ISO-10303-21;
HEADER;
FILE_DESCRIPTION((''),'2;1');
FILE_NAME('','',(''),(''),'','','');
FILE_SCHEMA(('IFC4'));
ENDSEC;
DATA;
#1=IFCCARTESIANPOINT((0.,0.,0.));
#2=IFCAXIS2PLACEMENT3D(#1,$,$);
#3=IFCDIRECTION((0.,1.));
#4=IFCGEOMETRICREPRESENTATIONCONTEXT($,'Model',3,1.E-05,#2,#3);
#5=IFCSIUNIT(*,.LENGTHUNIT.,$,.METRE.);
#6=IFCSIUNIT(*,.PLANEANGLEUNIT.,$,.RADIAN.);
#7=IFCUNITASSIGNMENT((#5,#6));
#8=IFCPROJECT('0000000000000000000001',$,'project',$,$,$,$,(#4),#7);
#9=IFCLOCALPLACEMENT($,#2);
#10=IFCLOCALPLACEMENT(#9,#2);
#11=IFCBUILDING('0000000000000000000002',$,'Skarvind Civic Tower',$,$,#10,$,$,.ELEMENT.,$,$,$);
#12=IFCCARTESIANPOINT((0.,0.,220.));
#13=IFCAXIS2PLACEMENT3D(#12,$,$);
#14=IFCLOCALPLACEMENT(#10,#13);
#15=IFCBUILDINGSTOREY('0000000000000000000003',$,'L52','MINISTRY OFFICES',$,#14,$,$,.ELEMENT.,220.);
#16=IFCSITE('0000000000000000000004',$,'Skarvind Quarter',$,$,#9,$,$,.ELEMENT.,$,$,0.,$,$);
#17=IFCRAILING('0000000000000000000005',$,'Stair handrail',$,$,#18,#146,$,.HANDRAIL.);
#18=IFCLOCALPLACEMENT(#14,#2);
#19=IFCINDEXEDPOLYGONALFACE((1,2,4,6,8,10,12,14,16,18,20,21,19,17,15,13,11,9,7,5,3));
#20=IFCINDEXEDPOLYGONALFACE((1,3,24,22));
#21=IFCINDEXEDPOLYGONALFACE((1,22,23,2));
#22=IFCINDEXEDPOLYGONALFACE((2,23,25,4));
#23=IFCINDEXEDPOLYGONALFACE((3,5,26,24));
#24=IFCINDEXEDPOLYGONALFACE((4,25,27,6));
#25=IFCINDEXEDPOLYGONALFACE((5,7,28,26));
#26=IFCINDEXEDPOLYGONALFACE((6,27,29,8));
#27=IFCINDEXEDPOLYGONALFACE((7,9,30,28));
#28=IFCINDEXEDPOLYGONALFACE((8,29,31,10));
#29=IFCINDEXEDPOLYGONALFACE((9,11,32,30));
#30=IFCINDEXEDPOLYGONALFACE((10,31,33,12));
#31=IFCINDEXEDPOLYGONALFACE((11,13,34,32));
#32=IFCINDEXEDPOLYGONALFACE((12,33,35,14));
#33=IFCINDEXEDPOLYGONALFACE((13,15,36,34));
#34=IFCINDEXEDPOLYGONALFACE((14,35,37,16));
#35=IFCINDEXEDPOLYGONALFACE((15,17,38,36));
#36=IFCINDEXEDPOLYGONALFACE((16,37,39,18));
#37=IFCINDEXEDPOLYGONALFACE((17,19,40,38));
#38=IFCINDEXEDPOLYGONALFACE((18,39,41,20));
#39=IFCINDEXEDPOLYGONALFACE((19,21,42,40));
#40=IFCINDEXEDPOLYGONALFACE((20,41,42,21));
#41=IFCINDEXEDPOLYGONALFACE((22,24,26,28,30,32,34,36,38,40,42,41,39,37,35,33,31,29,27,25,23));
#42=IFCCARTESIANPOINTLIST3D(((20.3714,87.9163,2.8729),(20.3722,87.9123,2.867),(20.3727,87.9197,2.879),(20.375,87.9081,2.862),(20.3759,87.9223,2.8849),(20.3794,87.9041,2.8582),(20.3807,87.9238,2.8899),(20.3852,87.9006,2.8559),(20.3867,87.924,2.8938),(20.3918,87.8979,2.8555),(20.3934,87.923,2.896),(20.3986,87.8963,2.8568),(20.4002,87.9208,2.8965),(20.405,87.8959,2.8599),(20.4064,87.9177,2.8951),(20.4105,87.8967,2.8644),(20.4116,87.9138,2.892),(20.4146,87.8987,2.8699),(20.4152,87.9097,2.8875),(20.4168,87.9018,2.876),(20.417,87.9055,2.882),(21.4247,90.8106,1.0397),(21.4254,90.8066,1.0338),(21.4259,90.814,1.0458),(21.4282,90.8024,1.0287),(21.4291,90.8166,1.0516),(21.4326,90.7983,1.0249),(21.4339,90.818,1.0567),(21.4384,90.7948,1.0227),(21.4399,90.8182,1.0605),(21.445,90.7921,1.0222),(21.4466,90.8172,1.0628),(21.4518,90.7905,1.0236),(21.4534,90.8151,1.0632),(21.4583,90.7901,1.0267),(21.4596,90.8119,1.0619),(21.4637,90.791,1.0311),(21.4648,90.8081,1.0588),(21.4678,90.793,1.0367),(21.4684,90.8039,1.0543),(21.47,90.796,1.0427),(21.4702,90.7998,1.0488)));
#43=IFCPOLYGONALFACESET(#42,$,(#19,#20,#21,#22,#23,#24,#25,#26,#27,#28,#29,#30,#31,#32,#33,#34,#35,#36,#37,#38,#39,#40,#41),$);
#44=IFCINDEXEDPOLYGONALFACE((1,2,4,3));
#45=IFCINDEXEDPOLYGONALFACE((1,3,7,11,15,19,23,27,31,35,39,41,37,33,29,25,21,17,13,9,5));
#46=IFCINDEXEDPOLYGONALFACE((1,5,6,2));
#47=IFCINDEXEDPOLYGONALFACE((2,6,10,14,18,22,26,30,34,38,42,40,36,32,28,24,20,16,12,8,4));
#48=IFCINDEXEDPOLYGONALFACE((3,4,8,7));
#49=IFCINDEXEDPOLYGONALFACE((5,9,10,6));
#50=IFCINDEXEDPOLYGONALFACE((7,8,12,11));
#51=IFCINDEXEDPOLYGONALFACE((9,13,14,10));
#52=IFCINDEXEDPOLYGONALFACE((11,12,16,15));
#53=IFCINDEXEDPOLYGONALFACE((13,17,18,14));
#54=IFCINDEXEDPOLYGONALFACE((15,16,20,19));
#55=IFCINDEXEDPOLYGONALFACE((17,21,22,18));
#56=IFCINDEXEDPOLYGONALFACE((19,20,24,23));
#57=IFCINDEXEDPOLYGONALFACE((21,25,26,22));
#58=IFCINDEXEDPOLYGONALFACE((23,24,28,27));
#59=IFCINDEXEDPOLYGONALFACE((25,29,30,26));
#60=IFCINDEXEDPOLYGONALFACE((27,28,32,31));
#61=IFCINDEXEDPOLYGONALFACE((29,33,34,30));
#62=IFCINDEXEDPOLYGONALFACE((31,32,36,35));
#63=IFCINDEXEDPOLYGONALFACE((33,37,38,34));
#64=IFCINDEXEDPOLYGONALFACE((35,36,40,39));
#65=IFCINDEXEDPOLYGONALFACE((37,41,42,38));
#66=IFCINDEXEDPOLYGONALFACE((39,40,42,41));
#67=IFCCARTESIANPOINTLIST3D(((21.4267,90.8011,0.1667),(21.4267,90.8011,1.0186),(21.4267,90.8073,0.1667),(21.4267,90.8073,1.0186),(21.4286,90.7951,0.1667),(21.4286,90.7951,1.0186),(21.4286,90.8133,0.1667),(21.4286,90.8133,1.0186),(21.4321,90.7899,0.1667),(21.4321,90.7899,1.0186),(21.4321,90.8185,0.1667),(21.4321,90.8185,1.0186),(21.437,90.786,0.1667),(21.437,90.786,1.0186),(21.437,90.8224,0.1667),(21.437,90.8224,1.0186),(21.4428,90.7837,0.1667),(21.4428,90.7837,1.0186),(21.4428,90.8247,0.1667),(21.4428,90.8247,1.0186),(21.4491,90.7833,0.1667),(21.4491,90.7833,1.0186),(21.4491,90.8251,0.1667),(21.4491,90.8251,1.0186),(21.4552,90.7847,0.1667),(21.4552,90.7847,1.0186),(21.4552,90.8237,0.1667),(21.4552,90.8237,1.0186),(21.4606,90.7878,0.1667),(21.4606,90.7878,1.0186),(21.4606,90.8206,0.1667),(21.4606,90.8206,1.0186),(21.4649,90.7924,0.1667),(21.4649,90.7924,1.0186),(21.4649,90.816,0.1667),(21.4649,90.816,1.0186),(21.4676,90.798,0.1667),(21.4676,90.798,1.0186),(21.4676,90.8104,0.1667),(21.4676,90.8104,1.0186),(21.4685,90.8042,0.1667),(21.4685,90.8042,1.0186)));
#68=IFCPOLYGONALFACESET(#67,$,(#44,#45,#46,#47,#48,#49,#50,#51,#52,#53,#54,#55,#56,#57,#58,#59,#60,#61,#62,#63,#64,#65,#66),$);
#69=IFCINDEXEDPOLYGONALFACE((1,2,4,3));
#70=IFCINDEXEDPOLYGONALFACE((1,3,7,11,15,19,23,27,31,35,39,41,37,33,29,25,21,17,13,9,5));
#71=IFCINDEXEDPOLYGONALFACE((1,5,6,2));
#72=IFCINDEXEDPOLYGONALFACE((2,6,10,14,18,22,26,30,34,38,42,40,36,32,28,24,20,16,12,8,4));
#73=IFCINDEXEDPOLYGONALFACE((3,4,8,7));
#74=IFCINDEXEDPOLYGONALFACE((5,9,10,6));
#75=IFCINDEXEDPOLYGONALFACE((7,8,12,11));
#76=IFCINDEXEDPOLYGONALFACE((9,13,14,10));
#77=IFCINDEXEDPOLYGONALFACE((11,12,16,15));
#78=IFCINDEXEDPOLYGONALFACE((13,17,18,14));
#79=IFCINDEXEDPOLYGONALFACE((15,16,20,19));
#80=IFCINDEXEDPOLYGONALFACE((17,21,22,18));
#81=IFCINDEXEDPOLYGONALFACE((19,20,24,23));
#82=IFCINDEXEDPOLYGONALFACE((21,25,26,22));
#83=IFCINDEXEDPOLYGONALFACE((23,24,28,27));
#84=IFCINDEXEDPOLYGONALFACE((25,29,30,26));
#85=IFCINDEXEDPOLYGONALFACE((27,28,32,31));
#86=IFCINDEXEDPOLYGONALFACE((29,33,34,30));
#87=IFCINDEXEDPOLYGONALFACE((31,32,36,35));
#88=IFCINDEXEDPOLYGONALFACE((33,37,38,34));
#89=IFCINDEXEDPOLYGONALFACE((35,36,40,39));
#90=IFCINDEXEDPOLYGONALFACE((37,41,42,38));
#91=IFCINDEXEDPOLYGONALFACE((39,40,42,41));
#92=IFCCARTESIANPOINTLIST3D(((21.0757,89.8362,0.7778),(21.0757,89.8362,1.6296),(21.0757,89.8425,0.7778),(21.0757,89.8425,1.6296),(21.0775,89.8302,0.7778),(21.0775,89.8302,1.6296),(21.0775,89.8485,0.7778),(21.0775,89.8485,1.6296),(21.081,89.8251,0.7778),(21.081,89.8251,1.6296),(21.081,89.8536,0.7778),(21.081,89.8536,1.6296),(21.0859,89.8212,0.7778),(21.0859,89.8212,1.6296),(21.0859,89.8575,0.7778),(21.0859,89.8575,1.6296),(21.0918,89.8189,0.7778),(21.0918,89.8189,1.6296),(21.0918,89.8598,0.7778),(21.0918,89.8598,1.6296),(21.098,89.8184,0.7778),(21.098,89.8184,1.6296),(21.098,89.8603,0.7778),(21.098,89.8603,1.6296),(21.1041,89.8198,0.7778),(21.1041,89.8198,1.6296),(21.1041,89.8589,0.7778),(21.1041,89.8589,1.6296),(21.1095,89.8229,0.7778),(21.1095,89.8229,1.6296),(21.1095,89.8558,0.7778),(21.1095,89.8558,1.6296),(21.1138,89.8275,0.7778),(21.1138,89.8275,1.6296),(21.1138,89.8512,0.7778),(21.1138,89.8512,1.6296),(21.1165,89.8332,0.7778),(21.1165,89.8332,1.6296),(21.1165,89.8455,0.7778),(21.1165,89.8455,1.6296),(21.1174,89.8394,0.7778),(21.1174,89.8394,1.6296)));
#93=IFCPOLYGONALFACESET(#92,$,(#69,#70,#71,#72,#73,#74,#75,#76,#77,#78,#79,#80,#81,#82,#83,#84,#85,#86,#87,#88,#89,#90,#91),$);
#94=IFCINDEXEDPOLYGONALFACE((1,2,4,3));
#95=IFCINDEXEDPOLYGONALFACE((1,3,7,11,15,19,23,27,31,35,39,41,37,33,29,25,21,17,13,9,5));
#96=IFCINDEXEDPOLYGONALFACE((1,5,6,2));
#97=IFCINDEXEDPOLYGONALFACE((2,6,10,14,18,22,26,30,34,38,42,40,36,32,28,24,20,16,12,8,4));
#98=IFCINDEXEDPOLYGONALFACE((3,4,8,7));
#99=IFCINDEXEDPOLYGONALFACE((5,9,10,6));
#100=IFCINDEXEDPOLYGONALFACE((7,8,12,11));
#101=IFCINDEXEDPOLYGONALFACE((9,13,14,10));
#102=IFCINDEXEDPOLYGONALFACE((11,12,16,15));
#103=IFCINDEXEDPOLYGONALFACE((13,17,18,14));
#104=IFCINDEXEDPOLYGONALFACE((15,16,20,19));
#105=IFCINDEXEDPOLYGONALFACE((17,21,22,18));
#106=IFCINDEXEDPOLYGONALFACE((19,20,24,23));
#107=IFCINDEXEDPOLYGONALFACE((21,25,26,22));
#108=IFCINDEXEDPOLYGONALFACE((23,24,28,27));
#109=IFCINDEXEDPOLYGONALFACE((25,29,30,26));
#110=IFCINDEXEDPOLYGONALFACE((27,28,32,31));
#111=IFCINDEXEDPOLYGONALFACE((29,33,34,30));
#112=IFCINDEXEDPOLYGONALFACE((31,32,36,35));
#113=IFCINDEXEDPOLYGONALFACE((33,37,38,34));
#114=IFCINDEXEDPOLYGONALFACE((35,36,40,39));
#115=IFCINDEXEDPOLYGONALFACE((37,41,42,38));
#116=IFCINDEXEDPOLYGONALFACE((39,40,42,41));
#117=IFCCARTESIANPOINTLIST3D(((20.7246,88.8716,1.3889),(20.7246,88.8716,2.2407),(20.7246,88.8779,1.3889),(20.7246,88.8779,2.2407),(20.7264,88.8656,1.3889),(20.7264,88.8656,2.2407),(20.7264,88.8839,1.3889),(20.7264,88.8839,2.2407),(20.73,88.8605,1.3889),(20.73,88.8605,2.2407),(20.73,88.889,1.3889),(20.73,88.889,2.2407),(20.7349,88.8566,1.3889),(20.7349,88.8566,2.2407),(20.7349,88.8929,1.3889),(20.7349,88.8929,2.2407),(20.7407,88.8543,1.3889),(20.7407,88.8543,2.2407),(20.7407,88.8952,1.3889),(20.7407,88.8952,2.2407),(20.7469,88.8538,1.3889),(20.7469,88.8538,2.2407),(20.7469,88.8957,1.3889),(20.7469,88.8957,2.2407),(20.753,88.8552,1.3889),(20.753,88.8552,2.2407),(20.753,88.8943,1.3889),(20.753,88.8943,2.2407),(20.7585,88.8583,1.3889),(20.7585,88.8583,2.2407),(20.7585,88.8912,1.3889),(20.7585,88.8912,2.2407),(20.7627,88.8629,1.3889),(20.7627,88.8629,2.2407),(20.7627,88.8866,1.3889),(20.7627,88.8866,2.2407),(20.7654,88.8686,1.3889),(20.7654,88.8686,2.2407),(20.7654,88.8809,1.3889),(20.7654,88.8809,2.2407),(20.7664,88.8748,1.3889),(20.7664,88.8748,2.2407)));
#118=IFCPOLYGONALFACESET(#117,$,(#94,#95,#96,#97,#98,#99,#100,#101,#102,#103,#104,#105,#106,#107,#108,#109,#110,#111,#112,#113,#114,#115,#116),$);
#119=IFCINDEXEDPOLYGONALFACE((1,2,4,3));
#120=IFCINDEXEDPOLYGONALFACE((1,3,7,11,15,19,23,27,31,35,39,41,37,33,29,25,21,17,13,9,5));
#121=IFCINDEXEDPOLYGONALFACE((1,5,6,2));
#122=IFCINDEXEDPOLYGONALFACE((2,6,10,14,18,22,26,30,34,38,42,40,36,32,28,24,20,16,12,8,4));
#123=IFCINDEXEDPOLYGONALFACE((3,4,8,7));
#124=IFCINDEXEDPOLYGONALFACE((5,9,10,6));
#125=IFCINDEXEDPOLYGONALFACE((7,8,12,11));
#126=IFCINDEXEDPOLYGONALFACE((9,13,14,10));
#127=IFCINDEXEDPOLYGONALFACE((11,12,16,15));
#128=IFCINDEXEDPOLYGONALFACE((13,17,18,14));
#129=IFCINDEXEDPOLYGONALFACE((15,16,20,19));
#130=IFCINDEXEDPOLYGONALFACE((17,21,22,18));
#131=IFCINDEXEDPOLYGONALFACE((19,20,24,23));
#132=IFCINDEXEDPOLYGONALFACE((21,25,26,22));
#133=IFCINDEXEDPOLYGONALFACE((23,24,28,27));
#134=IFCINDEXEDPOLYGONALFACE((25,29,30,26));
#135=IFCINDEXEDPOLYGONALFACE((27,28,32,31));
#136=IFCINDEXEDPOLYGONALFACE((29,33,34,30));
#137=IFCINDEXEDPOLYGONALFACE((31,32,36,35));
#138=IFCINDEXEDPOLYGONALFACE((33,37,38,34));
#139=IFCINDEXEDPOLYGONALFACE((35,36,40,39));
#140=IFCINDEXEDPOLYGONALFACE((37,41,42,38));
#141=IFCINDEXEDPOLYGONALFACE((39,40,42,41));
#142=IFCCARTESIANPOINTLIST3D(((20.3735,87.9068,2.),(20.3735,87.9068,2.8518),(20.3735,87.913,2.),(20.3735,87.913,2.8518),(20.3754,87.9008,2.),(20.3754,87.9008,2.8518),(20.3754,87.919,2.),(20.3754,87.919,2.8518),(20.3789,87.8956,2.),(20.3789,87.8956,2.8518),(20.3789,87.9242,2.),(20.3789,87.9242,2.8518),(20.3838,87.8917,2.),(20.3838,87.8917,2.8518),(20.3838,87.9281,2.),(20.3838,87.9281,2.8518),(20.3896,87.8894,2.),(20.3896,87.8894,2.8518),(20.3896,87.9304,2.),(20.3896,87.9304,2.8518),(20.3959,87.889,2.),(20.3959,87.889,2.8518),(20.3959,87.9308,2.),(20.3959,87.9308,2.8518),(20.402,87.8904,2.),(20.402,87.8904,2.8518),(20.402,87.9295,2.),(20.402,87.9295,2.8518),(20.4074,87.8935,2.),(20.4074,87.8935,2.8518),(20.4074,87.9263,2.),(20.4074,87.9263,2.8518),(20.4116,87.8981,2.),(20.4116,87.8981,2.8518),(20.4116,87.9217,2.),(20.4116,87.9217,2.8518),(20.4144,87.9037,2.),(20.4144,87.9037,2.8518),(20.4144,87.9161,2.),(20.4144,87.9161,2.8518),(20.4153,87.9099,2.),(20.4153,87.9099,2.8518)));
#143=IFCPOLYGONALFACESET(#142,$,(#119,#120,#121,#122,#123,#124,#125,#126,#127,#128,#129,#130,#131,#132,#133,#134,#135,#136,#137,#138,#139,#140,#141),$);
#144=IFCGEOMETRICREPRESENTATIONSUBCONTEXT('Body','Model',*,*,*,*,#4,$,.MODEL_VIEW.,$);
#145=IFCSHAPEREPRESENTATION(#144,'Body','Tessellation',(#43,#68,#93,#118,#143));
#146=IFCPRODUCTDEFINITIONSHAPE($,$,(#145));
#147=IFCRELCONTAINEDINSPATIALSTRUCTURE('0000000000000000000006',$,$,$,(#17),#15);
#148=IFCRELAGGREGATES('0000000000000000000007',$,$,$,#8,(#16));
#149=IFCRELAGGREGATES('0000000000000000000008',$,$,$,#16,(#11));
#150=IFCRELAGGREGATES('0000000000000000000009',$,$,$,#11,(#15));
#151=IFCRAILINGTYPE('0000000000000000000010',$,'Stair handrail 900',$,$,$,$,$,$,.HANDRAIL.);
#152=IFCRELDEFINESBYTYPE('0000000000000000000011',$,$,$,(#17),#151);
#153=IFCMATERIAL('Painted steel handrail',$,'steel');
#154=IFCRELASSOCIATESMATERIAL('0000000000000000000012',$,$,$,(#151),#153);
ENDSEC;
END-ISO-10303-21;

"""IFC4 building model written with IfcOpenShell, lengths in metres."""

from ifc_helpers import new_model, si_unit, direction, frame, origin, origin_2d, place, context, subcontext, project, spatial, circle, extrude, material, type_object, element, save


model = new_model("IFC4")

# Units and contexts
model_context = context("Model", 3, precision=1e-05, world=origin(), true_north=direction((0.0, 1.0)))
body_context = subcontext(model_context, "Body", "Model", "MODEL_VIEW")
ifc_project = project(units=[si_unit("LENGTHUNIT", "METRE"), si_unit("PLANEANGLEUNIT", "RADIAN")], contexts=[model_context])

# Site, building, storey
site_placement = place(None, origin())
site = spatial("IfcSite", under=ifc_project, at=site_placement, Name="Skarvind Quarter", CompositionType="ELEMENT", RefElevation=0.0)
building_placement = place(site_placement, origin())
building = spatial("IfcBuilding", under=site, at=building_placement, Name="Skarvind Civic Tower", CompositionType="ELEMENT")
storey_placement = place(building_placement, frame((0.0, 0.0, 220.0)))
storey = spatial("IfcBuildingStorey", under=building, at=storey_placement, Name="L52", Description="MINISTRY OFFICES", CompositionType="ELEMENT", Elevation=220.0)

# Railing
ifc_material_1 = material(Name="Painted steel handrail", Category="steel")
railing_type = type_object("IfcRailingType", Name="Stair handrail 900", PredefinedType="HANDRAIL", material=ifc_material_1)
railing_1_placement = place(storey_placement, frame((21.4475, 90.8042, 0.1667)))
element("IfcRailing", 1, at=railing_1_placement, inside=storey, type_object=railing_type, Name="Stair handrail", PredefinedType="HANDRAIL", context=body_context, shape_type="SweptSolid", body=[
    extrude(circle(Radius=0.0239, at=origin_2d()), frame((0.0, 0.0, 0.876), z_axis=(-0.293846, -0.807497, 0.511472), x_axis=(0.939715, -0.341959, 0.0)), (0.0, 0.0, 1.0), 3.5842),
    extrude(circle(Radius=0.021, at=origin_2d()), origin(), (0.0, 0.0, 1.0), 0.8518),
    extrude(circle(Radius=0.021, at=origin_2d()), frame((-0.3511, -0.9648, 0.6111)), (0.0, 0.0, 1.0), 0.8518),
    extrude(circle(Radius=0.021, at=origin_2d()), frame((-0.7021, -1.9294, 1.2222)), (0.0, 0.0, 1.0), 0.8518),
    extrude(circle(Radius=0.021, at=origin_2d()), frame((-1.0532, -2.8943, 1.8333)), (0.0, 0.0, 1.0), 0.8518),
])

save(model, "model.ifc")
